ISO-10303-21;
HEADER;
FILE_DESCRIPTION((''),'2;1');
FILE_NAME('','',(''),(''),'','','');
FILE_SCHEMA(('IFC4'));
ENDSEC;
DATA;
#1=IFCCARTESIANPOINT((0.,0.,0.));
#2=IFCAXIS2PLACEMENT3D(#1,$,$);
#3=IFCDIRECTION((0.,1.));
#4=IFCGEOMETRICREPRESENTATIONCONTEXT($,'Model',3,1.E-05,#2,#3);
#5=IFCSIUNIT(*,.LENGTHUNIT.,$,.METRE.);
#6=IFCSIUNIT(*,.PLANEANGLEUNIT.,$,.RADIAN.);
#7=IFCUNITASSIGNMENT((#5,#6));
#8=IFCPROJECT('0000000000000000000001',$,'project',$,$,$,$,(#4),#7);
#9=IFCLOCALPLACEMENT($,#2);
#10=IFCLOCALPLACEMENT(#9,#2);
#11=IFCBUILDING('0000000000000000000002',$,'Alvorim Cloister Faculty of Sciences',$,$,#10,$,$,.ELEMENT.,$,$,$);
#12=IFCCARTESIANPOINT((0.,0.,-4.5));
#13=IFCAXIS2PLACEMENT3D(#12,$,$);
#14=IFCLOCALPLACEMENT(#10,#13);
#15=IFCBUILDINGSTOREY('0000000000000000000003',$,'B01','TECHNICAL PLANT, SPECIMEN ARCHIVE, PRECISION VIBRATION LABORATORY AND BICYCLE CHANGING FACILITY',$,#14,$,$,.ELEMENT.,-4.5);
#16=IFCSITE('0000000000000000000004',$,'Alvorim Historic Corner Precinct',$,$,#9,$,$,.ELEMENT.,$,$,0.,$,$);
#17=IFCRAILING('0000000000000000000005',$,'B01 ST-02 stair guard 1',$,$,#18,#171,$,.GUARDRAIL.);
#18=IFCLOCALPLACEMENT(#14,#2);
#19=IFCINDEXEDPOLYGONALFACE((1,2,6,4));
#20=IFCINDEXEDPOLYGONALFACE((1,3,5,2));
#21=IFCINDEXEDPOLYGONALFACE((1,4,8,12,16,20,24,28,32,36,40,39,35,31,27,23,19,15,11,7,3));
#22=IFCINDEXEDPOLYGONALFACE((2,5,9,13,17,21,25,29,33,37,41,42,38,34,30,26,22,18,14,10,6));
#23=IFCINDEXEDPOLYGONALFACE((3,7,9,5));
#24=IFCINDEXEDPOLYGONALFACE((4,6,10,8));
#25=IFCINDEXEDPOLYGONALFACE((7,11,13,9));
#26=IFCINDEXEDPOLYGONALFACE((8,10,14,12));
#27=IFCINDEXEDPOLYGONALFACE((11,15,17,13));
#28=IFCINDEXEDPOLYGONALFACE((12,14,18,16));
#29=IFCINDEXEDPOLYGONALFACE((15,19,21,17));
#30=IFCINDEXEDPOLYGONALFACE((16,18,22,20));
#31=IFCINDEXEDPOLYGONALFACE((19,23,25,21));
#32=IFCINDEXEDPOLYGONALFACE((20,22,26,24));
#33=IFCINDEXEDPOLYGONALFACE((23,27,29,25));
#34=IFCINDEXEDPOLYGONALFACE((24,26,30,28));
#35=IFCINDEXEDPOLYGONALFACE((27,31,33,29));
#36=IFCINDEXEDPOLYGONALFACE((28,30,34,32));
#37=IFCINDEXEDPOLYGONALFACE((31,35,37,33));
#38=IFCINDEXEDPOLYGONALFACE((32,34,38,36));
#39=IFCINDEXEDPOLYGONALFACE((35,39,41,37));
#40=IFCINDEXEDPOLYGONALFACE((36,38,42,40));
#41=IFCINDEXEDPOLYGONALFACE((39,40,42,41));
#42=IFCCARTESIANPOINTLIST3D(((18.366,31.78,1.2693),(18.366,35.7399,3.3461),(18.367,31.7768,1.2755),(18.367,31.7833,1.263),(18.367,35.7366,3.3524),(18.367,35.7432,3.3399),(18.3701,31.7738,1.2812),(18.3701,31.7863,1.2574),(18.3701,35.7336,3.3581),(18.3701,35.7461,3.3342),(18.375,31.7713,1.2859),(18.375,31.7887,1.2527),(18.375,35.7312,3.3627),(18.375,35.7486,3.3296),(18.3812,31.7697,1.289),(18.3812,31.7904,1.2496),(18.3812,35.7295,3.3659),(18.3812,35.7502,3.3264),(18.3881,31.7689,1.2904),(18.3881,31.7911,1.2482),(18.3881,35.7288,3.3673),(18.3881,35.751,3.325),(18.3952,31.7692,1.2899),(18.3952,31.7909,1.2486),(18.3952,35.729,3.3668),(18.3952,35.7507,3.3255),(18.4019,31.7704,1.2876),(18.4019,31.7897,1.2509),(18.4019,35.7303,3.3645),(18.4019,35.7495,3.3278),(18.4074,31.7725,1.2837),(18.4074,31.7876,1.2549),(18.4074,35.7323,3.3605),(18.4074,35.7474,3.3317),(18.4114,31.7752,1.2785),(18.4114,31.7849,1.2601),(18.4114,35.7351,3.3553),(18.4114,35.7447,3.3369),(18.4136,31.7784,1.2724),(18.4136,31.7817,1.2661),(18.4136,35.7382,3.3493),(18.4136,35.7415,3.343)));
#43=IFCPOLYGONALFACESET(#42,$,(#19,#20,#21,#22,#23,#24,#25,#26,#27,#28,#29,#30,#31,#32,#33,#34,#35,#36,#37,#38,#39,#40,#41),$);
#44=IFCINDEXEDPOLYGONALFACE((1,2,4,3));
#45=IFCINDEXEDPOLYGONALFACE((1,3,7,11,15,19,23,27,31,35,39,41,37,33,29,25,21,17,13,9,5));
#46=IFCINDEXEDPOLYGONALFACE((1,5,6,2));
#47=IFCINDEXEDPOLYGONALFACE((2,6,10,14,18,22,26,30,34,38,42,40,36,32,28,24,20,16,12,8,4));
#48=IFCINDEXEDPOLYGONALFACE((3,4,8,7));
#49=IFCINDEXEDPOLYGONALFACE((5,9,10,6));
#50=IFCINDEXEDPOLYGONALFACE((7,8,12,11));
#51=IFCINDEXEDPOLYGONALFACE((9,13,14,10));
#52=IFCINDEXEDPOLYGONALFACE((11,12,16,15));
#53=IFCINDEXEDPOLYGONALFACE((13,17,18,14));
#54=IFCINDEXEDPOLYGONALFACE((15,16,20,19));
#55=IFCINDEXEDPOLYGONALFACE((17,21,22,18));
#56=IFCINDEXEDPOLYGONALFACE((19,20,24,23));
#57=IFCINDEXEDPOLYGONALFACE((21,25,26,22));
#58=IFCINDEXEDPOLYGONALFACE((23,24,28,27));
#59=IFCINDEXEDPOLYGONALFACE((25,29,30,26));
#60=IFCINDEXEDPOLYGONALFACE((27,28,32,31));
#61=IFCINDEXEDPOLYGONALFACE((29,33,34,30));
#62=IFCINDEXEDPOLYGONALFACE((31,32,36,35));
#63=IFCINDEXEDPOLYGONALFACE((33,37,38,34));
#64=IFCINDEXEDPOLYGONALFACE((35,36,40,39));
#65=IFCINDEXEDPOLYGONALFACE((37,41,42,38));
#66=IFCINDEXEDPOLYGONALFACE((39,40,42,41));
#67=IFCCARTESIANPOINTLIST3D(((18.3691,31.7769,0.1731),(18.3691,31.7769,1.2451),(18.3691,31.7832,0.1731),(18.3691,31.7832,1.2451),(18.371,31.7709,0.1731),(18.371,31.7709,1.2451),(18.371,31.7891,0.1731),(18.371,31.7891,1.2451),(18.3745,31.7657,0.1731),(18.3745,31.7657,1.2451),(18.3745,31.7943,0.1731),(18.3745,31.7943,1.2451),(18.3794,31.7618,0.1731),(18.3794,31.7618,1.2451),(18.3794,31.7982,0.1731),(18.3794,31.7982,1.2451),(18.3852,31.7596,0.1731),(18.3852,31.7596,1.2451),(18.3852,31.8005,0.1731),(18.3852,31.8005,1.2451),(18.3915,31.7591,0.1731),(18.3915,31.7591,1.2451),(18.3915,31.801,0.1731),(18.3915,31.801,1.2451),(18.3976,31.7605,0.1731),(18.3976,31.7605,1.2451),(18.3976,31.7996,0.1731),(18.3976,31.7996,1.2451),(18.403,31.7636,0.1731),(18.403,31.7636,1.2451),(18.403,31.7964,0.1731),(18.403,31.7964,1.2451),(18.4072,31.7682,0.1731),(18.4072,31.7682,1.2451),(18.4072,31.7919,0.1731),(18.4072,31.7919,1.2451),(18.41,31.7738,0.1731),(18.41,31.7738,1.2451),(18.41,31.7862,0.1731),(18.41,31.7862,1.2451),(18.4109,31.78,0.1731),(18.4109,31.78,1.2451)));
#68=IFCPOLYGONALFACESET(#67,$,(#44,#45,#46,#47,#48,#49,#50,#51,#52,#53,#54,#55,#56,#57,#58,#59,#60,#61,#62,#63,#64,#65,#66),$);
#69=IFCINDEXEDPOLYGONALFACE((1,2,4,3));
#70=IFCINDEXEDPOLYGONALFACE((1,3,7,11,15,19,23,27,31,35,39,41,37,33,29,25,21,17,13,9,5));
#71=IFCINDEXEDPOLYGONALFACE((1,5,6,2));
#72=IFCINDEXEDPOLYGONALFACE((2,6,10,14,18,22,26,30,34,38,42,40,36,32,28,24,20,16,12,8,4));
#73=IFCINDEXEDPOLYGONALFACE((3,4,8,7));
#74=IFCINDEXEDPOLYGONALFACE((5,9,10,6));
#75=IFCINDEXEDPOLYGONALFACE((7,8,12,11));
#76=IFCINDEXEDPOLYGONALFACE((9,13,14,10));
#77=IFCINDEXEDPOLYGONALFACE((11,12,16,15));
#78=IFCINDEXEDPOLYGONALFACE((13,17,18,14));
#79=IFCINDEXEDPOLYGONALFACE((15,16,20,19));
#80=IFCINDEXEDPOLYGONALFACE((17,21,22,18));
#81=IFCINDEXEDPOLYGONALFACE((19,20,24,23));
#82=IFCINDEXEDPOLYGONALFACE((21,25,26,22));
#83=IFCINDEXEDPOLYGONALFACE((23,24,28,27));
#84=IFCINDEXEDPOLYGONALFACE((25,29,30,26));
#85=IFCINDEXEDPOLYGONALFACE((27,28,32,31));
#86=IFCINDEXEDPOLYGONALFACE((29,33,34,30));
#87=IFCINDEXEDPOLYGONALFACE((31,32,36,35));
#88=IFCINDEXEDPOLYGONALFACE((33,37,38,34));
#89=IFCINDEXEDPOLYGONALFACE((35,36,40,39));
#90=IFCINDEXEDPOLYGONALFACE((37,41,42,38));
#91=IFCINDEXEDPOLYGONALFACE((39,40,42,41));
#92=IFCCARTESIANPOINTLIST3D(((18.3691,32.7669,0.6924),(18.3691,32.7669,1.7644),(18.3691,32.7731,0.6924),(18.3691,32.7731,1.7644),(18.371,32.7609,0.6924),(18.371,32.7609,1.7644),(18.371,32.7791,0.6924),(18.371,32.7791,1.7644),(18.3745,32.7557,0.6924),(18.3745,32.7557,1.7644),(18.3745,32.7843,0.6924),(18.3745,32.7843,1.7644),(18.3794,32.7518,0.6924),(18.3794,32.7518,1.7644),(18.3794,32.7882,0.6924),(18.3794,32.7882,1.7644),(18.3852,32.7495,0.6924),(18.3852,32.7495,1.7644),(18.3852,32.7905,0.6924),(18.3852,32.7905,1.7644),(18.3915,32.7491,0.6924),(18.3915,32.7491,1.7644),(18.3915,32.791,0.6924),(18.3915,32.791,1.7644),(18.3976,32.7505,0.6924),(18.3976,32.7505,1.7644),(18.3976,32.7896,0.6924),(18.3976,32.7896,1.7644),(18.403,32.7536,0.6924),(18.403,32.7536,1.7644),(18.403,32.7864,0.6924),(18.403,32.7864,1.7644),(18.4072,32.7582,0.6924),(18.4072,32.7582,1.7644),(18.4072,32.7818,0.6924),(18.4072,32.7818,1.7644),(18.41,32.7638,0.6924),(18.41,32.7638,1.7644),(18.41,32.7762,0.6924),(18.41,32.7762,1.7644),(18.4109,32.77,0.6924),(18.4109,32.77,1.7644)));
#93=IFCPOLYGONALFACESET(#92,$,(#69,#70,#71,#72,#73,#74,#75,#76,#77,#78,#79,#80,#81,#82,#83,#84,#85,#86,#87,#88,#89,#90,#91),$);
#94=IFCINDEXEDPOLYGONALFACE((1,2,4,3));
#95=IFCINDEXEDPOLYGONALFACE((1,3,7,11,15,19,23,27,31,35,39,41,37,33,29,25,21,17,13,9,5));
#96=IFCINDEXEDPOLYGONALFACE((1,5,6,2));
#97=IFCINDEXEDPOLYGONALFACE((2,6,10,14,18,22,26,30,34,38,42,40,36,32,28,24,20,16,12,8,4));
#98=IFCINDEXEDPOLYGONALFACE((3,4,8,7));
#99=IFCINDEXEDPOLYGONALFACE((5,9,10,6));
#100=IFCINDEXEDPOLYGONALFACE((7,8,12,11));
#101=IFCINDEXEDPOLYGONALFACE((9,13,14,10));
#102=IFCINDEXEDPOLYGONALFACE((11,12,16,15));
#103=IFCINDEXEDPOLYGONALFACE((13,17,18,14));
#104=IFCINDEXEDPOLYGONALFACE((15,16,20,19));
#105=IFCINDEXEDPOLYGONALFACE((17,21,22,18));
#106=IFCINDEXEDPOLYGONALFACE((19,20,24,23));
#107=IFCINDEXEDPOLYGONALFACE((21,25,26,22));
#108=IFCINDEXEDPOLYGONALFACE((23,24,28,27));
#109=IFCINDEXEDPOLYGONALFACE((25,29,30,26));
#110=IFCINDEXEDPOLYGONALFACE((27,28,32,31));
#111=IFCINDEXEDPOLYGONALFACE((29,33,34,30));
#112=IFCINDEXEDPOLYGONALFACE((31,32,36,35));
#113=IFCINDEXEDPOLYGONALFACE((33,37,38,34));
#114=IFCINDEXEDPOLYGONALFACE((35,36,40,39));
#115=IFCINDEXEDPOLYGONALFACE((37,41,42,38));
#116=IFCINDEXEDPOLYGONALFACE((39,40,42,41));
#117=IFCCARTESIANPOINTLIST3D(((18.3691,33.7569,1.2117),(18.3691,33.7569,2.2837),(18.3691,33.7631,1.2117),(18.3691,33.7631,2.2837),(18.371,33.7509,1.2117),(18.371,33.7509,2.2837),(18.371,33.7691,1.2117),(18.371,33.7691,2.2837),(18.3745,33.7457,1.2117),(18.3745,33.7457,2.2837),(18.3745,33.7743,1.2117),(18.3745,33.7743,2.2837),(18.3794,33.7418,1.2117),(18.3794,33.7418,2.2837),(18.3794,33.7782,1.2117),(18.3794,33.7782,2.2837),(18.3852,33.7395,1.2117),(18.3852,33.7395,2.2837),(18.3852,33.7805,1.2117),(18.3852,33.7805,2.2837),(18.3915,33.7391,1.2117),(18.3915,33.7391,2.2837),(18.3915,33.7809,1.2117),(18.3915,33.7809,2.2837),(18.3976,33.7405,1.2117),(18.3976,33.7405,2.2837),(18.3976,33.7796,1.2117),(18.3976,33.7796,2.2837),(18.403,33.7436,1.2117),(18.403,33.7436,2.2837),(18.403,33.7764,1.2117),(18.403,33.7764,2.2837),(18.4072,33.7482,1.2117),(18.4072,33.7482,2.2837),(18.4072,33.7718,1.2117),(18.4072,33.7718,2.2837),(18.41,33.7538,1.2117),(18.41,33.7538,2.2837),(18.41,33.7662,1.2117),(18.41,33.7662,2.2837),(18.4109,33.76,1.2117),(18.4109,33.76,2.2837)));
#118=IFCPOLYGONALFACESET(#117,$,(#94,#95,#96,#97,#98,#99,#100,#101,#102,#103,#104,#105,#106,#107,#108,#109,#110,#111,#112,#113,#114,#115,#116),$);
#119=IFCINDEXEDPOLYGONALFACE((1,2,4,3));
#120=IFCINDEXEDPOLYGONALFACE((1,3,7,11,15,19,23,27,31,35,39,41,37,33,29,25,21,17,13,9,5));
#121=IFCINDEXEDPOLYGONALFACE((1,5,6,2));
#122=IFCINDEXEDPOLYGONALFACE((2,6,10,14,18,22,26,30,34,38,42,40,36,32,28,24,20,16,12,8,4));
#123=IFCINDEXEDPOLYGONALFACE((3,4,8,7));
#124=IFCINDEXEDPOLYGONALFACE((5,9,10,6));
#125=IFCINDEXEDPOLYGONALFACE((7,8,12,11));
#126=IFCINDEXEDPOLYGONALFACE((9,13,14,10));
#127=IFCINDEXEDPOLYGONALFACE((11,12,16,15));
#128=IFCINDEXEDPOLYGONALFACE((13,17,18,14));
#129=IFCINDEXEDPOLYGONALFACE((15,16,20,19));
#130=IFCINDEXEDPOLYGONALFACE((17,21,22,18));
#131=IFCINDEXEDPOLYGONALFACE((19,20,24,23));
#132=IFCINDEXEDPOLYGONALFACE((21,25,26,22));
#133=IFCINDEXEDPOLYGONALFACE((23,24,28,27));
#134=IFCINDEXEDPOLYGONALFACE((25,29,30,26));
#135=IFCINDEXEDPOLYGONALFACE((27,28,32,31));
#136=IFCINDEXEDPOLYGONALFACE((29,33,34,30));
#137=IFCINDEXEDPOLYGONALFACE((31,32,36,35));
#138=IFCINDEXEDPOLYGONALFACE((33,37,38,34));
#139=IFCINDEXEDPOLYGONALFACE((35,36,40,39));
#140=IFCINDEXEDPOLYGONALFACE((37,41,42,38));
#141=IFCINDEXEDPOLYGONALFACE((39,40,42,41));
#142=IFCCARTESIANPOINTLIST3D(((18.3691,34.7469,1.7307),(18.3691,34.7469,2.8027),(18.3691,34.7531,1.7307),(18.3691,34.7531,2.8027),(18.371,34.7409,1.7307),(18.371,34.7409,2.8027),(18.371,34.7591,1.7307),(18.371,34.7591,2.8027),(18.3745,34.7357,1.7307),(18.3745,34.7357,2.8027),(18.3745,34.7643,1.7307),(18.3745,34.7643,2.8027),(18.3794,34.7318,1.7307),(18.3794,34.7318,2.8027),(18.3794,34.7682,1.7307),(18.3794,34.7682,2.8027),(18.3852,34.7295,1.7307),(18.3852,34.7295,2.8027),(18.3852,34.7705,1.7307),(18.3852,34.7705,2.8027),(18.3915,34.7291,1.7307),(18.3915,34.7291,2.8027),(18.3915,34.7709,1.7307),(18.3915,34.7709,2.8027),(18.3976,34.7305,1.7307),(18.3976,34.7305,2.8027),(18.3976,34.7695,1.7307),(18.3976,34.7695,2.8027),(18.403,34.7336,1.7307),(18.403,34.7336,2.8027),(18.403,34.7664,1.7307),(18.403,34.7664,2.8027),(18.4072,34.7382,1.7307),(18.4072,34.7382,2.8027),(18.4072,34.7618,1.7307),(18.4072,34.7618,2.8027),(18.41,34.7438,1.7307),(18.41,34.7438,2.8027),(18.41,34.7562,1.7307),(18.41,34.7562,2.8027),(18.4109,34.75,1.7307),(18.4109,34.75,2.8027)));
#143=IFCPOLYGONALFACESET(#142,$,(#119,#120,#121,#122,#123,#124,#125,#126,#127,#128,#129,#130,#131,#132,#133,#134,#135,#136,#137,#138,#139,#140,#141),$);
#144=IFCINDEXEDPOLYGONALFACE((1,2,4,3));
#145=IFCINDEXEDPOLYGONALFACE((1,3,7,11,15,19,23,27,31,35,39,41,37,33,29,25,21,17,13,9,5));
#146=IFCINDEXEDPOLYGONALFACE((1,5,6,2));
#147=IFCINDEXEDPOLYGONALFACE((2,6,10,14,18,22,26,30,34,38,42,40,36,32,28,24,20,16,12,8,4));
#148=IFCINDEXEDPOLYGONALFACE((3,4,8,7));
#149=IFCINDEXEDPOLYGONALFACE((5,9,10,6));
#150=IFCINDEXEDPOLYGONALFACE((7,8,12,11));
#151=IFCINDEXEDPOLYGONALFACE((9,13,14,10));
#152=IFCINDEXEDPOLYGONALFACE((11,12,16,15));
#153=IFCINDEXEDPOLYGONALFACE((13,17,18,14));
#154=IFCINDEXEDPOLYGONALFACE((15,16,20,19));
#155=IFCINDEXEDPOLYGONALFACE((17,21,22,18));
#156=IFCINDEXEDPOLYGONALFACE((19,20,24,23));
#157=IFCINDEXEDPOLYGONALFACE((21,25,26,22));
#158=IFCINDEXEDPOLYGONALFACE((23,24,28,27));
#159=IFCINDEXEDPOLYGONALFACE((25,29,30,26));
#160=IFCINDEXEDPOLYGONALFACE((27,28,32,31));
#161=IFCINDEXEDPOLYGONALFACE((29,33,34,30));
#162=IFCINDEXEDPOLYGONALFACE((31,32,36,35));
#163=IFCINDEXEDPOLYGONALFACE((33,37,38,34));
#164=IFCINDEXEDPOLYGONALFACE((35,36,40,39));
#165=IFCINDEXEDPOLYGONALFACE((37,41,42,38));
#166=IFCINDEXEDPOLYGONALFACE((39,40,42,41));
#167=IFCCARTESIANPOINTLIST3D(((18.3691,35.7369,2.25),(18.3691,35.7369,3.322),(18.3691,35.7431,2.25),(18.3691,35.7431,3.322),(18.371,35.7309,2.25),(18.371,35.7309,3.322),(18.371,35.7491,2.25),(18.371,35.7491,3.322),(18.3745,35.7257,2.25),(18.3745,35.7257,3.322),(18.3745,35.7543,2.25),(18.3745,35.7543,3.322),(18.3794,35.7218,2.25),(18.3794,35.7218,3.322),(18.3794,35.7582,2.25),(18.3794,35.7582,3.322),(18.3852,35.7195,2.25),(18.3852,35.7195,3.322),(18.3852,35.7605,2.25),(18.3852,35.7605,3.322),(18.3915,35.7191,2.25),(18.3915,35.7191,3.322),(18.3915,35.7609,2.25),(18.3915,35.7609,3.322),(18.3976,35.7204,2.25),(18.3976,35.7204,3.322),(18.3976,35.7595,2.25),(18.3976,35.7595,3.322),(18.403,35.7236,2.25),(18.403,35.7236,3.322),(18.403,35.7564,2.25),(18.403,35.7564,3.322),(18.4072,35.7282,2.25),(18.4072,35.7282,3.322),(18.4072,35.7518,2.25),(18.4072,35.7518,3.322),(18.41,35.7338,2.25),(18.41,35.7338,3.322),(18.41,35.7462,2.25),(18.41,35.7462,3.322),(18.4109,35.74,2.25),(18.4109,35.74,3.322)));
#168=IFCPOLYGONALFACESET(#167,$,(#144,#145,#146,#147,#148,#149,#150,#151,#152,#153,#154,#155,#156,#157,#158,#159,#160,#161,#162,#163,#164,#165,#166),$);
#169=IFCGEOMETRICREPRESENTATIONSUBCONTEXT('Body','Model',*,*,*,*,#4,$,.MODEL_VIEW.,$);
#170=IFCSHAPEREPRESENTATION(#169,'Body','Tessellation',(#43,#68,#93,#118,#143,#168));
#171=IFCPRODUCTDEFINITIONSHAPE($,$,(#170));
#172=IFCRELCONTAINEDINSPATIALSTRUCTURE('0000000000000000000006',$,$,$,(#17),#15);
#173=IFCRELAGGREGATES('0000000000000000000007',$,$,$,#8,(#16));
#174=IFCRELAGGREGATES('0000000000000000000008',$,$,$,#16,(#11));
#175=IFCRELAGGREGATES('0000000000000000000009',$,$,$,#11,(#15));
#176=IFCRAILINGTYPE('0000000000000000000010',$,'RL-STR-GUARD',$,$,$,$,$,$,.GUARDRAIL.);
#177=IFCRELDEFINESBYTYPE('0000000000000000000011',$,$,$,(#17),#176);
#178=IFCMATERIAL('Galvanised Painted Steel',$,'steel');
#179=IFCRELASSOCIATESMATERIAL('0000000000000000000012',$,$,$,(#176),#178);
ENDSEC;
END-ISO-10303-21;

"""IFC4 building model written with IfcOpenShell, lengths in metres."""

from ifc_helpers import new_model, si_unit, direction, frame, origin, origin_2d, place, context, subcontext, project, spatial, circle, extrude, material, type_object, element, save


model = new_model("IFC4")

# Units and contexts
model_context = context("Model", 3, precision=1e-05, world=origin(), true_north=direction((0.0, 1.0)))
body_context = subcontext(model_context, "Body", "Model", "MODEL_VIEW")
ifc_project = project(units=[si_unit("LENGTHUNIT", "METRE"), si_unit("PLANEANGLEUNIT", "RADIAN")], contexts=[model_context])

# Site, building, storey
site_placement = place(None, origin())
site = spatial("IfcSite", under=ifc_project, at=site_placement, Name="Alvorim Historic Corner Precinct", CompositionType="ELEMENT", RefElevation=0.0)
building_placement = place(site_placement, origin())
building = spatial("IfcBuilding", under=site, at=building_placement, Name="Alvorim Cloister Faculty of Sciences", CompositionType="ELEMENT")
storey_placement = place(building_placement, frame((0.0, 0.0, -4.5)))
storey = spatial("IfcBuildingStorey", under=building, at=storey_placement, Name="B01", Description="TECHNICAL PLANT, SPECIMEN ARCHIVE, PRECISION VIBRATION LABORATORY AND BICYCLE CHANGING FACILITY", CompositionType="ELEMENT", Elevation=-4.5)

# Railing
ifc_material_1 = material(Name="Galvanised Painted Steel", Category="steel")
railing_type_1 = type_object("IfcRailingType", Name="RL-STR-GUARD", PredefinedType="GUARDRAIL", material=ifc_material_1)
railing_1_placement = place(storey_placement, frame((18.3899, 31.78, 0.1731)))
element("IfcRailing", 1, at=railing_1_placement, inside=storey, type_object=railing_type_1, Name="B01 ST-02 stair guard 1", PredefinedType="GUARDRAIL", context=body_context, shape_type="SweptSolid", body=[
    extrude(circle(Radius=0.0239, at=origin_2d()), frame((0.0, 0.0, 1.0962), z_axis=(0.0, 0.885589, 0.46447), x_axis=(-1.0, 0.0, 0.0)), (0.0, 0.0, 1.0), 4.4714),
    extrude(circle(Radius=0.021, at=origin_2d()), origin(), (0.0, 0.0, 1.0), 1.072),
    extrude(circle(Radius=0.021, at=origin_2d()), frame((0.0, 0.99, 0.5193)), (0.0, 0.0, 1.0), 1.072),
    extrude(circle(Radius=0.021, at=origin_2d()), frame((0.0, 1.98, 1.0386)), (0.0, 0.0, 1.0), 1.072),
    extrude(circle(Radius=0.021, at=origin_2d()), frame((0.0, 2.97, 1.5576)), (0.0, 0.0, 1.0), 1.072),
    extrude(circle(Radius=0.021, at=origin_2d()), frame((0.0, 3.96, 2.0769)), (0.0, 0.0, 1.0), 1.072),
])

save(model, "model.ifc")
